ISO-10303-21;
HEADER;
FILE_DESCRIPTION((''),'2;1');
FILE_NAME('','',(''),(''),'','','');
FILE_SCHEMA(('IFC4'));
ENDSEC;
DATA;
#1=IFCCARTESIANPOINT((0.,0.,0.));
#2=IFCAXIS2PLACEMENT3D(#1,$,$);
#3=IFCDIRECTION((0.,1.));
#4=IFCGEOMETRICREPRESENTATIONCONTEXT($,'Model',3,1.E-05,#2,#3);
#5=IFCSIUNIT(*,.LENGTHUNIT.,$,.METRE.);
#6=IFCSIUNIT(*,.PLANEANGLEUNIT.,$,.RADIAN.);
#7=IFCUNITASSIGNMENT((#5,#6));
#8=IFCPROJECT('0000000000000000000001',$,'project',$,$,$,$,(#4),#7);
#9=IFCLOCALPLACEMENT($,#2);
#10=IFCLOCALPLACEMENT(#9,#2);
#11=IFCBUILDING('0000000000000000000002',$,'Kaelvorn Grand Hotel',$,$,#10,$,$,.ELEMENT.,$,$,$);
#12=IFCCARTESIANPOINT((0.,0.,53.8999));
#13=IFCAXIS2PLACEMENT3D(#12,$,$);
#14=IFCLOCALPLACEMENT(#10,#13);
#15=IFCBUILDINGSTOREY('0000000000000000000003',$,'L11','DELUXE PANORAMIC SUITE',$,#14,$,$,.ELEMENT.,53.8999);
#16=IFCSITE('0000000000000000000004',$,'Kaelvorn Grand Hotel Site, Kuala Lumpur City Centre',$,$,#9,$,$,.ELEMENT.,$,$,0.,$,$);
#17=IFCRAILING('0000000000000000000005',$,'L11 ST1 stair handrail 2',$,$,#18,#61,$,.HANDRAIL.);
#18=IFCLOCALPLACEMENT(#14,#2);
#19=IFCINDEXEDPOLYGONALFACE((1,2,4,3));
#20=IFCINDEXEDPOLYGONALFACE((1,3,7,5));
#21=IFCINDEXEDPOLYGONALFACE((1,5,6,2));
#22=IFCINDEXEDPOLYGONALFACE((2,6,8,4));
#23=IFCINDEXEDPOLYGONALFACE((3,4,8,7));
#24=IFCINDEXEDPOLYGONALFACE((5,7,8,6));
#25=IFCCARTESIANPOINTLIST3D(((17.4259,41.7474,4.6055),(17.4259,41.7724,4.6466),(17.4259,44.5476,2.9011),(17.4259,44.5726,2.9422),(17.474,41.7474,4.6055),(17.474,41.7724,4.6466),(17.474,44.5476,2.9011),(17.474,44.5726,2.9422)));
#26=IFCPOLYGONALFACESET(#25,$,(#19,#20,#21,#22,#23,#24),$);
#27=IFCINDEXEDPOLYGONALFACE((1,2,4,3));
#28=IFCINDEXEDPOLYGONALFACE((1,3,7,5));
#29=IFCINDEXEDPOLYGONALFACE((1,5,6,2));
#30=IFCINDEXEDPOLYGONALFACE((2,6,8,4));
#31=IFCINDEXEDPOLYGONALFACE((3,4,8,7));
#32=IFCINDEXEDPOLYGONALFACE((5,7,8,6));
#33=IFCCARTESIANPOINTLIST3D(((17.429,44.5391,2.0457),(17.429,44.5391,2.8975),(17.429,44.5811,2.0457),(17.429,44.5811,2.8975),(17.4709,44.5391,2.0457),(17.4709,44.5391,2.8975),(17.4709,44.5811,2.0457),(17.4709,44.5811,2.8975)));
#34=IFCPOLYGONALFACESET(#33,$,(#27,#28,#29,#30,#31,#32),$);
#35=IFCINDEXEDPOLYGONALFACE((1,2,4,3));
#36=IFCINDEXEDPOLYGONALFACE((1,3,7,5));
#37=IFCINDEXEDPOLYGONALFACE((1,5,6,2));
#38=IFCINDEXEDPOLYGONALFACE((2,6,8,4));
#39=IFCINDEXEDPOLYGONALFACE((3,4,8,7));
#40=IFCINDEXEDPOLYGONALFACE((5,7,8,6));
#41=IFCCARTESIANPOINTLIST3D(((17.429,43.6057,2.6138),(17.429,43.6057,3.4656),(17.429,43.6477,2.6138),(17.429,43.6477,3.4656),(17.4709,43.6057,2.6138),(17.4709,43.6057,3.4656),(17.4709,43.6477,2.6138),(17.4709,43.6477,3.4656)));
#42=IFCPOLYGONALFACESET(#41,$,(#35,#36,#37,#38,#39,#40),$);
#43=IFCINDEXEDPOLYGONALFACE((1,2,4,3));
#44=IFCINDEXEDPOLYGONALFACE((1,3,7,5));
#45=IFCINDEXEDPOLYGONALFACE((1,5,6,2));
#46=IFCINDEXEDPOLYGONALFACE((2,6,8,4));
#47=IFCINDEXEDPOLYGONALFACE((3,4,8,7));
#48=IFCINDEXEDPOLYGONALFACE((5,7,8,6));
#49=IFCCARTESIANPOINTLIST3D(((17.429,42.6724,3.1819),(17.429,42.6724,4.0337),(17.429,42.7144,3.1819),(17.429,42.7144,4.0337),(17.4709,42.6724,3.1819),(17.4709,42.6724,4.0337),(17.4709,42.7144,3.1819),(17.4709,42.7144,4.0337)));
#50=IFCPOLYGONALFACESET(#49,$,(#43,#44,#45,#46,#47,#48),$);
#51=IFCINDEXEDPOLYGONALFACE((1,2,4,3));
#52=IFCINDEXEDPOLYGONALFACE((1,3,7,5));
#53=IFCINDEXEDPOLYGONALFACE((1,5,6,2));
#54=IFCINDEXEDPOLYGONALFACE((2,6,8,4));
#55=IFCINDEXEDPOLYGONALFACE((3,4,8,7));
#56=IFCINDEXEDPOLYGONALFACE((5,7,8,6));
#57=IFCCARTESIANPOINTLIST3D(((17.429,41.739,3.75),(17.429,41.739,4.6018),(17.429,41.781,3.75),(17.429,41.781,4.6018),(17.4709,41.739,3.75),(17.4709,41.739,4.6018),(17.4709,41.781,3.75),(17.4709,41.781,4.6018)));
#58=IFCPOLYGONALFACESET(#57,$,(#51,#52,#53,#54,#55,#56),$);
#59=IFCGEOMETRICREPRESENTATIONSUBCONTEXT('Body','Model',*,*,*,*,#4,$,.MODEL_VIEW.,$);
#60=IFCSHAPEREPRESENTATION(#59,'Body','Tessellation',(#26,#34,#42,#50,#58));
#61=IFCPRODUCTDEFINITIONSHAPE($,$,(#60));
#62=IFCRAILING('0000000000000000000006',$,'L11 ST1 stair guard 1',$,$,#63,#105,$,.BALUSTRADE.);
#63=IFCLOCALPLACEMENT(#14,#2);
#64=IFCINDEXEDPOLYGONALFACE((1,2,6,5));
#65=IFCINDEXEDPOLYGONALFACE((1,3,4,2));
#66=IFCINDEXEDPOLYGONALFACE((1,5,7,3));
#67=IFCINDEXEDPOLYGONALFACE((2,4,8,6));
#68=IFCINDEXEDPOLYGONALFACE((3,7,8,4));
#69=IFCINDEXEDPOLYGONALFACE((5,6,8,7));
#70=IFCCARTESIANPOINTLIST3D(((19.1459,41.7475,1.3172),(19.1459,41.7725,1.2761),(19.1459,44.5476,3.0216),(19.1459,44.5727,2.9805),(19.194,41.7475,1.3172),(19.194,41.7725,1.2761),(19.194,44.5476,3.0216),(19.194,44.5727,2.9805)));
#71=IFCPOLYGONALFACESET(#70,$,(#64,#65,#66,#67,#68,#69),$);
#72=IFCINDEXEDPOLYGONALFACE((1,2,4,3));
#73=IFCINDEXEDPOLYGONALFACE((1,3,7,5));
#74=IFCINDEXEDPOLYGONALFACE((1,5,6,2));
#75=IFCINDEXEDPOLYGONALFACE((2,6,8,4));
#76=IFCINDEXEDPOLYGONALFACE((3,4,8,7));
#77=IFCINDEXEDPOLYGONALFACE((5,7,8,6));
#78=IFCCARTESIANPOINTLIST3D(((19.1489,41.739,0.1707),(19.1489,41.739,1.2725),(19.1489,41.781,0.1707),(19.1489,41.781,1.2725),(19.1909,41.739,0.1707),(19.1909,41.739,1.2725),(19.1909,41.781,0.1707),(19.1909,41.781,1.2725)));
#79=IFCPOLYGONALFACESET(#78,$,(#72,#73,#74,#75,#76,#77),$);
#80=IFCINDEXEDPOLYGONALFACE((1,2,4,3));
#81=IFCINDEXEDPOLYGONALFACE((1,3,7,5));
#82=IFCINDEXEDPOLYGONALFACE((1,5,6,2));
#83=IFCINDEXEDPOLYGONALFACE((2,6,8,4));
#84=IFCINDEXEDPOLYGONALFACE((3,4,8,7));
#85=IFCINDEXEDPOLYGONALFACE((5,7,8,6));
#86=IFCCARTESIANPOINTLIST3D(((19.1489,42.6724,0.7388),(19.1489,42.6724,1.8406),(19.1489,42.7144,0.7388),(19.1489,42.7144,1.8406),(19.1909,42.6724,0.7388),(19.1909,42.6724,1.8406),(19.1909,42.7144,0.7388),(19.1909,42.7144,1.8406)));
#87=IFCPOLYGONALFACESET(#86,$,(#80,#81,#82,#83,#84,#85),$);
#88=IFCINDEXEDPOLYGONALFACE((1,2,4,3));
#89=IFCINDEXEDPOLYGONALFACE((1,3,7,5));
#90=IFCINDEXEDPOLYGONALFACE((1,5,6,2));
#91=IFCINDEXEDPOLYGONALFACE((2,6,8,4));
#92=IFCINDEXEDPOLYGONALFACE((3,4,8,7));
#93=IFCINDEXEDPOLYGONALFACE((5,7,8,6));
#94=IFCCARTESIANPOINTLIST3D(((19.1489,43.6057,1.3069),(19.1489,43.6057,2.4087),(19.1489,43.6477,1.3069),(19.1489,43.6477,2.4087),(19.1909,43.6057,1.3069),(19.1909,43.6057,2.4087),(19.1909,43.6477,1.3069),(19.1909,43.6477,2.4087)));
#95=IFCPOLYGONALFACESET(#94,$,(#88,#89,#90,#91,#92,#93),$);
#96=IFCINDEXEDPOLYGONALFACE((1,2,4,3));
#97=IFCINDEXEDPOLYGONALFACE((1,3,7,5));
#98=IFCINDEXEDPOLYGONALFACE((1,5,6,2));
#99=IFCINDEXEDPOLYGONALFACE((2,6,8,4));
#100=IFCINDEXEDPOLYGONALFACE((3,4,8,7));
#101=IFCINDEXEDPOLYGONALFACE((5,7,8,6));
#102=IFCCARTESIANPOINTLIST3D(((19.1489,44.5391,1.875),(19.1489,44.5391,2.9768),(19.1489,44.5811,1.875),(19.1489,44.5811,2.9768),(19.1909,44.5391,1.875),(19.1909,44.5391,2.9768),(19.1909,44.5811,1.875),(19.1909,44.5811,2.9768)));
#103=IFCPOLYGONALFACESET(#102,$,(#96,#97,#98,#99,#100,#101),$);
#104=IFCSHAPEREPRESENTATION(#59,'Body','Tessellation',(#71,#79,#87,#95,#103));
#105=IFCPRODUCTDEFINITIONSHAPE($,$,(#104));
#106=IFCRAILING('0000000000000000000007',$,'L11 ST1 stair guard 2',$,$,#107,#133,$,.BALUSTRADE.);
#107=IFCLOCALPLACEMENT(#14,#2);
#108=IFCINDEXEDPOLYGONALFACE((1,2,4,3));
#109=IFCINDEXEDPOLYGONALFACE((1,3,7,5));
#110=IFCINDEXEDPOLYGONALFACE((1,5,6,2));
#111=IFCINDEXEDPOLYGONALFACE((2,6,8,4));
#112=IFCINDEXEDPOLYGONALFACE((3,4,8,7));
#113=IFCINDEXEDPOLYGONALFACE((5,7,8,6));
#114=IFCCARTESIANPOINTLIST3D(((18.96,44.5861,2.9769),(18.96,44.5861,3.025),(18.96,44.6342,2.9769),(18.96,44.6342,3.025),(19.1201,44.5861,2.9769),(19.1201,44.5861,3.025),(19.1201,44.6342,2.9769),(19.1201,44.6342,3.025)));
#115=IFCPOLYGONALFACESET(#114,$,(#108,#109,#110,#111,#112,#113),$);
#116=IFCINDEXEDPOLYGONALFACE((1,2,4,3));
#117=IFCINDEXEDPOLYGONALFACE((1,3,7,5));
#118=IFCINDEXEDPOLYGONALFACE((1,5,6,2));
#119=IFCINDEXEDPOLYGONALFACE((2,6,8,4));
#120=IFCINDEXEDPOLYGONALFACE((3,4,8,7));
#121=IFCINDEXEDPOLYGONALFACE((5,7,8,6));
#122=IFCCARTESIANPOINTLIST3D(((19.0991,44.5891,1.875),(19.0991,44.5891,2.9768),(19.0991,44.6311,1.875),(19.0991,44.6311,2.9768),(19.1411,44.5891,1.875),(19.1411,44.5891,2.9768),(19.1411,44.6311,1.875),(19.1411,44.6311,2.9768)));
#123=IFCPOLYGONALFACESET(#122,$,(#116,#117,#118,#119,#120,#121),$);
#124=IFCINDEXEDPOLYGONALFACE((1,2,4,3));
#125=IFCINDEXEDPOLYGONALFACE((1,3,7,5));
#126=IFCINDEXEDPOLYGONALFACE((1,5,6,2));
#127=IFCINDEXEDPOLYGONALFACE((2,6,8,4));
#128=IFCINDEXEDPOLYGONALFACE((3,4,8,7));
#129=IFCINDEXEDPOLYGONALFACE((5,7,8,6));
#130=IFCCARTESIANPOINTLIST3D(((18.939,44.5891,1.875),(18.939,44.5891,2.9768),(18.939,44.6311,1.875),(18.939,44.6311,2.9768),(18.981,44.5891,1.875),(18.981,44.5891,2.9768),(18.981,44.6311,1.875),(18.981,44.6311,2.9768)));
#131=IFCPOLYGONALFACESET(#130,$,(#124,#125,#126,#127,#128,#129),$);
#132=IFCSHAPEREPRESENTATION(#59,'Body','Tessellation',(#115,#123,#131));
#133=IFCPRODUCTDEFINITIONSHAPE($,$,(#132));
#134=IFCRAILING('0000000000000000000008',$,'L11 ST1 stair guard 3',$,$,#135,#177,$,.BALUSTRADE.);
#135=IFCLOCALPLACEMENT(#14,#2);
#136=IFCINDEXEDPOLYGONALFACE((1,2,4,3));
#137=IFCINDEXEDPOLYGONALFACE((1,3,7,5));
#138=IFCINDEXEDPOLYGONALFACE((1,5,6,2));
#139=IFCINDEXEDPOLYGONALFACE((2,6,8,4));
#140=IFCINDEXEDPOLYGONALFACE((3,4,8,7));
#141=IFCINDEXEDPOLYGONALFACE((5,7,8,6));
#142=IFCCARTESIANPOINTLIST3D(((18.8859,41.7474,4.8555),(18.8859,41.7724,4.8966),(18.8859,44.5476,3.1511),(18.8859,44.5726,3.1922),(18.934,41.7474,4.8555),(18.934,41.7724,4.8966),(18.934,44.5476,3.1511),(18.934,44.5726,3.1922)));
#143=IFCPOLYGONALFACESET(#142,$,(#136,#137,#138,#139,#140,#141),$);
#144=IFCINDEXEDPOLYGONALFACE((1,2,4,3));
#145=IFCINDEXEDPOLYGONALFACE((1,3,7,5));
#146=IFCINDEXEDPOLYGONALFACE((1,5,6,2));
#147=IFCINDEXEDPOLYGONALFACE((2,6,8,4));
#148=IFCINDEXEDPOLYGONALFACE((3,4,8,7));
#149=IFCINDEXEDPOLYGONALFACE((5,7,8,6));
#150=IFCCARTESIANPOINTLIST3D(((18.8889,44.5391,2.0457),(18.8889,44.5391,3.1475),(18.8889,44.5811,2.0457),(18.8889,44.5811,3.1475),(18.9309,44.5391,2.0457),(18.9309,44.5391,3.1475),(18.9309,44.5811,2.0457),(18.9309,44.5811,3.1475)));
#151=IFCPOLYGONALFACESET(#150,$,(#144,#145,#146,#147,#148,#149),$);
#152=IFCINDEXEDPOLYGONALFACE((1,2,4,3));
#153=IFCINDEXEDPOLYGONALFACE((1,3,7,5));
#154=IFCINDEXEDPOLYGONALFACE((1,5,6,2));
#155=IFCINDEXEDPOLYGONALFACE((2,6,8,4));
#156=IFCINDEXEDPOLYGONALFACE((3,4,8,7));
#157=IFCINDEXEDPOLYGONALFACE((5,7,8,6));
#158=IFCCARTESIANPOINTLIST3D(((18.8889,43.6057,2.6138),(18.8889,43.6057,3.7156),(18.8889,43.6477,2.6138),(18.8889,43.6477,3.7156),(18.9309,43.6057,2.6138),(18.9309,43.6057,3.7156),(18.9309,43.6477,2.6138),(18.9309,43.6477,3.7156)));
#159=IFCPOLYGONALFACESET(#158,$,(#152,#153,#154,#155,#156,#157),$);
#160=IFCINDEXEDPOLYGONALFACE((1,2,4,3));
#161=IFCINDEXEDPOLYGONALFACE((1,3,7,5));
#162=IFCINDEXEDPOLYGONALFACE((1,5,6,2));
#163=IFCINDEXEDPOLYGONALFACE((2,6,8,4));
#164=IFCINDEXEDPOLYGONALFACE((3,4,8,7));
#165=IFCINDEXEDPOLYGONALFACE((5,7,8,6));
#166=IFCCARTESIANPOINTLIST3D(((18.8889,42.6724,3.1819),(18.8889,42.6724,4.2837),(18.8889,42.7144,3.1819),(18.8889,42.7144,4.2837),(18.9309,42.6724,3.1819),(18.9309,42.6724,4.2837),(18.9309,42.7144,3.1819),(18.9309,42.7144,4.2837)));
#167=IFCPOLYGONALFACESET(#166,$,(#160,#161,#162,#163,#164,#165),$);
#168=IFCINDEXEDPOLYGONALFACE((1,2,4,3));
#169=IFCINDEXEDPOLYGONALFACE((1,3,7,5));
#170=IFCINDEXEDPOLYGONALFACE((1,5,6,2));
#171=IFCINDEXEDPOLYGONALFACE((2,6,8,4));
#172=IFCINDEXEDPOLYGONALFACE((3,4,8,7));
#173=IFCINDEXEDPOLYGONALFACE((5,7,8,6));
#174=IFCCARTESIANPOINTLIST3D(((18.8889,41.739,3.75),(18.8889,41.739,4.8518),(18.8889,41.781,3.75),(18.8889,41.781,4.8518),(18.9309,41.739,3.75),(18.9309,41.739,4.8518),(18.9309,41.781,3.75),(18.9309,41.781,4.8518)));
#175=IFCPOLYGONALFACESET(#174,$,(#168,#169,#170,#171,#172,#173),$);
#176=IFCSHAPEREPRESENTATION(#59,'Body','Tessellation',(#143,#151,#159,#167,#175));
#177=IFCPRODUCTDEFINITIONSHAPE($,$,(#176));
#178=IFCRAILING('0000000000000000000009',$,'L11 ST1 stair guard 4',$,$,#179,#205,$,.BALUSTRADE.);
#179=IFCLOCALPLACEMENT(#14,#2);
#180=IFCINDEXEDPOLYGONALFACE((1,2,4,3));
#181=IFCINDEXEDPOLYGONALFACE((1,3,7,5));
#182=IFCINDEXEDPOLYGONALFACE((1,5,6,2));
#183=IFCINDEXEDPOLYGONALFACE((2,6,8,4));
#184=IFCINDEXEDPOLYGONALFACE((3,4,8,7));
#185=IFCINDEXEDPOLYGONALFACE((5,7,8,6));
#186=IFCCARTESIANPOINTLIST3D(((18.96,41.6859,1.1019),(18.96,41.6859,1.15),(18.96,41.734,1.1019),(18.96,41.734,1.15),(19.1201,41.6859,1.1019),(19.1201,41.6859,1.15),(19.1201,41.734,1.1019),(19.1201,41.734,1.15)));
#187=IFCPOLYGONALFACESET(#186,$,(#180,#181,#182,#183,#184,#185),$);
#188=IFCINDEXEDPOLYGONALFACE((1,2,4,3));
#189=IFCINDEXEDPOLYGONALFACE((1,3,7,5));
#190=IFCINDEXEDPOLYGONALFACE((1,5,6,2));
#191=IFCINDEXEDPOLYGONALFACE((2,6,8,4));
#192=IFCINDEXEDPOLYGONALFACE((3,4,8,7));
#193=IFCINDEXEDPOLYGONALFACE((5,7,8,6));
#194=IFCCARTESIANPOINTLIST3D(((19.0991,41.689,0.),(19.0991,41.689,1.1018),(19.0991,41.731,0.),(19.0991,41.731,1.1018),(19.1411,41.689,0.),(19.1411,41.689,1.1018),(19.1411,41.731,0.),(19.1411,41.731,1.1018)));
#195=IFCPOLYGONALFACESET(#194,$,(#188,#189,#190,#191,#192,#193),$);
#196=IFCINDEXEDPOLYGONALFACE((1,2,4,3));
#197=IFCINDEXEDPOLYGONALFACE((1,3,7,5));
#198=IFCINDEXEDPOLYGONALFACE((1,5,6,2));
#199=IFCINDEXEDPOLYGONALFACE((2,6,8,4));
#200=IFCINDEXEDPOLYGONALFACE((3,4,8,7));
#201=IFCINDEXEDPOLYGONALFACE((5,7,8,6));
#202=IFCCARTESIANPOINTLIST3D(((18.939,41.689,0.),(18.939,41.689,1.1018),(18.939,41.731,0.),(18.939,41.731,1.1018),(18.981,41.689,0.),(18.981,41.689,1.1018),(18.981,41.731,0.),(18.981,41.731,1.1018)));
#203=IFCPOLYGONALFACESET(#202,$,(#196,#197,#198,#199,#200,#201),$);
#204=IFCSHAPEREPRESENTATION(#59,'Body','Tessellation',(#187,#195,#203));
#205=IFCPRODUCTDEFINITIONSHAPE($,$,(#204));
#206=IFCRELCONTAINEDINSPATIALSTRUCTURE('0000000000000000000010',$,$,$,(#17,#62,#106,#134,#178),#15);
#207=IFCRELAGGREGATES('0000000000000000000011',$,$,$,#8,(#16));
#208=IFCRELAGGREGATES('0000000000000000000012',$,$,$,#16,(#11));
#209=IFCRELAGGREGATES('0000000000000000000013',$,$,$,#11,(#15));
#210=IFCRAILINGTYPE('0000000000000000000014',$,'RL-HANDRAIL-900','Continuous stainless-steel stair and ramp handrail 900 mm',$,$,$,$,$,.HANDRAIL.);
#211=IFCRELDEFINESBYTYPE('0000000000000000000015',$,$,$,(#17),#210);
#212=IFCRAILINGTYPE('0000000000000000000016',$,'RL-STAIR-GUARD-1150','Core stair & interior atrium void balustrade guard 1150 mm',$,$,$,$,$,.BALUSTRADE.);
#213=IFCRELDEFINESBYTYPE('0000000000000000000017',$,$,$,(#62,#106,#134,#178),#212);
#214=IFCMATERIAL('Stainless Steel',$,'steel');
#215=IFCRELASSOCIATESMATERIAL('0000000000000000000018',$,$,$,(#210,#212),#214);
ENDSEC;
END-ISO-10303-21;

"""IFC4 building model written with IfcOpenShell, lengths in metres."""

from ifc_helpers import new_model, si_unit, direction, frame, origin, origin_2d, place, context, subcontext, project, spatial, rectangle, extrude, material, type_object, element, save


model = new_model("IFC4")

# Units and contexts
model_context = context("Model", 3, precision=1e-05, world=origin(), true_north=direction((0.0, 1.0)))
body_context = subcontext(model_context, "Body", "Model", "MODEL_VIEW")
ifc_project = project(units=[si_unit("LENGTHUNIT", "METRE"), si_unit("PLANEANGLEUNIT", "RADIAN")], contexts=[model_context])

# Site, building, storey
site_placement = place(None, origin())
site = spatial("IfcSite", under=ifc_project, at=site_placement, Name="Kaelvorn Grand Hotel Site, Kuala Lumpur City Centre", CompositionType="ELEMENT", RefElevation=0.0)
building_placement = place(site_placement, origin())
building = spatial("IfcBuilding", under=site, at=building_placement, Name="Kaelvorn Grand Hotel", CompositionType="ELEMENT")
storey_placement = place(building_placement, frame((0.0, 0.0, 53.8999)))
storey = spatial("IfcBuildingStorey", under=building, at=storey_placement, Name="L11", Description="DELUXE PANORAMIC SUITE", CompositionType="ELEMENT", Elevation=53.8999)

# Shared definitions
ifc_material_1 = material(Name="Stainless Steel", Category="steel")

# Railings
railing_type_1 = type_object("IfcRailingType", Name="RL-HANDRAIL-900", Description="Continuous stainless-steel stair and ramp handrail 900 mm", PredefinedType="HANDRAIL", material=ifc_material_1)
railing_1_placement = place(storey_placement, frame((17.45, 44.5601, 2.0457)))
element("IfcRailing", 1, at=railing_1_placement, inside=storey, type_object=railing_type_1, Name="L11 ST1 stair handrail 2", PredefinedType="HANDRAIL", context=body_context, shape_type="SweptSolid", body=[
    extrude(rectangle(XDim=0.0481, YDim=0.0481, at=origin_2d()), frame((0.0, 0.0, 0.876), z_axis=(0.0, -0.854203, 0.51994), x_axis=(1.0, 0.0, 0.0)), (0.0, 0.0, 1.0), 3.2781),
    extrude(rectangle(XDim=0.042, YDim=0.042, at=origin_2d()), origin(), (0.0, 0.0, 1.0), 0.8518),
    extrude(rectangle(XDim=0.042, YDim=0.042, at=origin_2d()), frame((0.0, -0.9333, 0.5681)), (0.0, 0.0, 1.0), 0.8518),
    extrude(rectangle(XDim=0.042, YDim=0.042, at=origin_2d()), frame((0.0, -1.8667, 1.1362)), (0.0, 0.0, 1.0), 0.8518),
    extrude(rectangle(XDim=0.042, YDim=0.042, at=origin_2d()), frame((0.0, -2.8, 1.7043)), (0.0, 0.0, 1.0), 0.8518),
])
railing_type_2 = type_object("IfcRailingType", Name="RL-STAIR-GUARD-1150", Description="Core stair & interior atrium void balustrade guard 1150 mm", PredefinedType="BALUSTRADE", material=ifc_material_1)
railing_2_placement = place(storey_placement, frame((19.1699, 41.76, 0.1707)))
element("IfcRailing", 2, at=railing_2_placement, inside=storey, type_object=railing_type_2, Name="L11 ST1 stair guard 1", PredefinedType="BALUSTRADE", context=body_context, shape_type="SweptSolid", body=[
    extrude(rectangle(XDim=0.0481, YDim=0.0481, at=origin_2d()), frame((0.0, 0.0, 1.126), z_axis=(0.0, 0.854203, 0.51994), x_axis=(-1.0, 0.0, 0.0)), (0.0, 0.0, 1.0), 3.2781),
    extrude(rectangle(XDim=0.042, YDim=0.042, at=origin_2d()), origin(), (0.0, 0.0, 1.0), 1.1018),
    extrude(rectangle(XDim=0.042, YDim=0.042, at=origin_2d()), frame((0.0, 0.9333, 0.5681)), (0.0, 0.0, 1.0), 1.1018),
    extrude(rectangle(XDim=0.042, YDim=0.042, at=origin_2d()), frame((0.0, 1.8667, 1.1362)), (0.0, 0.0, 1.0), 1.1018),
    extrude(rectangle(XDim=0.042, YDim=0.042, at=origin_2d()), frame((0.0, 2.8, 1.7043)), (0.0, 0.0, 1.0), 1.1018),
])
railing_3_placement = place(storey_placement, frame((19.1201, 44.6101, 1.875)))
element("IfcRailing", 3, at=railing_3_placement, inside=storey, type_object=railing_type_2, Name="L11 ST1 stair guard 2", PredefinedType="BALUSTRADE", context=body_context, shape_type="SweptSolid", body=[
    extrude(rectangle(XDim=0.0481, YDim=0.0481, at=origin_2d()), frame((0.0, 0.0, 1.126), z_axis=(-1.0, 0.0, 0.0), x_axis=(0.0, -1.0, 0.0)), (0.0, 0.0, 1.0), 0.1602),
    extrude(rectangle(XDim=0.042, YDim=0.042, at=origin_2d()), origin(), (0.0, 0.0, 1.0), 1.1018),
    extrude(rectangle(XDim=0.042, YDim=0.042, at=origin_2d()), frame((-0.1602, 0.0, 0.0)), (0.0, 0.0, 1.0), 1.1018),
])
railing_4_placement = place(storey_placement, frame((18.9099, 44.5601, 2.0457)))
element("IfcRailing", 4, at=railing_4_placement, inside=storey, type_object=railing_type_2, Name="L11 ST1 stair guard 3", PredefinedType="BALUSTRADE", context=body_context, shape_type="SweptSolid", body=[
    extrude(rectangle(XDim=0.0481, YDim=0.0481, at=origin_2d()), frame((0.0, 0.0, 1.126), z_axis=(0.0, -0.854203, 0.51994), x_axis=(1.0, 0.0, 0.0)), (0.0, 0.0, 1.0), 3.2781),
    extrude(rectangle(XDim=0.042, YDim=0.042, at=origin_2d()), origin(), (0.0, 0.0, 1.0), 1.1018),
    extrude(rectangle(XDim=0.042, YDim=0.042, at=origin_2d()), frame((0.0, -0.9333, 0.5681)), (0.0, 0.0, 1.0), 1.1018),
    extrude(rectangle(XDim=0.042, YDim=0.042, at=origin_2d()), frame((0.0, -1.8667, 1.1362)), (0.0, 0.0, 1.0), 1.1018),
    extrude(rectangle(XDim=0.042, YDim=0.042, at=origin_2d()), frame((0.0, -2.8, 1.7043)), (0.0, 0.0, 1.0), 1.1018),
])
railing_5_placement = place(storey_placement, frame((19.1201, 41.71, 0.0)))
element("IfcRailing", 5, at=railing_5_placement, inside=storey, type_object=railing_type_2, Name="L11 ST1 stair guard 4", PredefinedType="BALUSTRADE", context=body_context, shape_type="SweptSolid", body=[
    extrude(rectangle(XDim=0.0481, YDim=0.0481, at=origin_2d()), frame((0.0, 0.0, 1.126), z_axis=(-1.0, 0.0, 0.0), x_axis=(0.0, -1.0, 0.0)), (0.0, 0.0, 1.0), 0.1602),
    extrude(rectangle(XDim=0.042, YDim=0.042, at=origin_2d()), origin(), (0.0, 0.0, 1.0), 1.1018),
    extrude(rectangle(XDim=0.042, YDim=0.042, at=origin_2d()), frame((-0.1602, 0.0, 0.0)), (0.0, 0.0, 1.0), 1.1018),
])

save(model, "model.ifc")
